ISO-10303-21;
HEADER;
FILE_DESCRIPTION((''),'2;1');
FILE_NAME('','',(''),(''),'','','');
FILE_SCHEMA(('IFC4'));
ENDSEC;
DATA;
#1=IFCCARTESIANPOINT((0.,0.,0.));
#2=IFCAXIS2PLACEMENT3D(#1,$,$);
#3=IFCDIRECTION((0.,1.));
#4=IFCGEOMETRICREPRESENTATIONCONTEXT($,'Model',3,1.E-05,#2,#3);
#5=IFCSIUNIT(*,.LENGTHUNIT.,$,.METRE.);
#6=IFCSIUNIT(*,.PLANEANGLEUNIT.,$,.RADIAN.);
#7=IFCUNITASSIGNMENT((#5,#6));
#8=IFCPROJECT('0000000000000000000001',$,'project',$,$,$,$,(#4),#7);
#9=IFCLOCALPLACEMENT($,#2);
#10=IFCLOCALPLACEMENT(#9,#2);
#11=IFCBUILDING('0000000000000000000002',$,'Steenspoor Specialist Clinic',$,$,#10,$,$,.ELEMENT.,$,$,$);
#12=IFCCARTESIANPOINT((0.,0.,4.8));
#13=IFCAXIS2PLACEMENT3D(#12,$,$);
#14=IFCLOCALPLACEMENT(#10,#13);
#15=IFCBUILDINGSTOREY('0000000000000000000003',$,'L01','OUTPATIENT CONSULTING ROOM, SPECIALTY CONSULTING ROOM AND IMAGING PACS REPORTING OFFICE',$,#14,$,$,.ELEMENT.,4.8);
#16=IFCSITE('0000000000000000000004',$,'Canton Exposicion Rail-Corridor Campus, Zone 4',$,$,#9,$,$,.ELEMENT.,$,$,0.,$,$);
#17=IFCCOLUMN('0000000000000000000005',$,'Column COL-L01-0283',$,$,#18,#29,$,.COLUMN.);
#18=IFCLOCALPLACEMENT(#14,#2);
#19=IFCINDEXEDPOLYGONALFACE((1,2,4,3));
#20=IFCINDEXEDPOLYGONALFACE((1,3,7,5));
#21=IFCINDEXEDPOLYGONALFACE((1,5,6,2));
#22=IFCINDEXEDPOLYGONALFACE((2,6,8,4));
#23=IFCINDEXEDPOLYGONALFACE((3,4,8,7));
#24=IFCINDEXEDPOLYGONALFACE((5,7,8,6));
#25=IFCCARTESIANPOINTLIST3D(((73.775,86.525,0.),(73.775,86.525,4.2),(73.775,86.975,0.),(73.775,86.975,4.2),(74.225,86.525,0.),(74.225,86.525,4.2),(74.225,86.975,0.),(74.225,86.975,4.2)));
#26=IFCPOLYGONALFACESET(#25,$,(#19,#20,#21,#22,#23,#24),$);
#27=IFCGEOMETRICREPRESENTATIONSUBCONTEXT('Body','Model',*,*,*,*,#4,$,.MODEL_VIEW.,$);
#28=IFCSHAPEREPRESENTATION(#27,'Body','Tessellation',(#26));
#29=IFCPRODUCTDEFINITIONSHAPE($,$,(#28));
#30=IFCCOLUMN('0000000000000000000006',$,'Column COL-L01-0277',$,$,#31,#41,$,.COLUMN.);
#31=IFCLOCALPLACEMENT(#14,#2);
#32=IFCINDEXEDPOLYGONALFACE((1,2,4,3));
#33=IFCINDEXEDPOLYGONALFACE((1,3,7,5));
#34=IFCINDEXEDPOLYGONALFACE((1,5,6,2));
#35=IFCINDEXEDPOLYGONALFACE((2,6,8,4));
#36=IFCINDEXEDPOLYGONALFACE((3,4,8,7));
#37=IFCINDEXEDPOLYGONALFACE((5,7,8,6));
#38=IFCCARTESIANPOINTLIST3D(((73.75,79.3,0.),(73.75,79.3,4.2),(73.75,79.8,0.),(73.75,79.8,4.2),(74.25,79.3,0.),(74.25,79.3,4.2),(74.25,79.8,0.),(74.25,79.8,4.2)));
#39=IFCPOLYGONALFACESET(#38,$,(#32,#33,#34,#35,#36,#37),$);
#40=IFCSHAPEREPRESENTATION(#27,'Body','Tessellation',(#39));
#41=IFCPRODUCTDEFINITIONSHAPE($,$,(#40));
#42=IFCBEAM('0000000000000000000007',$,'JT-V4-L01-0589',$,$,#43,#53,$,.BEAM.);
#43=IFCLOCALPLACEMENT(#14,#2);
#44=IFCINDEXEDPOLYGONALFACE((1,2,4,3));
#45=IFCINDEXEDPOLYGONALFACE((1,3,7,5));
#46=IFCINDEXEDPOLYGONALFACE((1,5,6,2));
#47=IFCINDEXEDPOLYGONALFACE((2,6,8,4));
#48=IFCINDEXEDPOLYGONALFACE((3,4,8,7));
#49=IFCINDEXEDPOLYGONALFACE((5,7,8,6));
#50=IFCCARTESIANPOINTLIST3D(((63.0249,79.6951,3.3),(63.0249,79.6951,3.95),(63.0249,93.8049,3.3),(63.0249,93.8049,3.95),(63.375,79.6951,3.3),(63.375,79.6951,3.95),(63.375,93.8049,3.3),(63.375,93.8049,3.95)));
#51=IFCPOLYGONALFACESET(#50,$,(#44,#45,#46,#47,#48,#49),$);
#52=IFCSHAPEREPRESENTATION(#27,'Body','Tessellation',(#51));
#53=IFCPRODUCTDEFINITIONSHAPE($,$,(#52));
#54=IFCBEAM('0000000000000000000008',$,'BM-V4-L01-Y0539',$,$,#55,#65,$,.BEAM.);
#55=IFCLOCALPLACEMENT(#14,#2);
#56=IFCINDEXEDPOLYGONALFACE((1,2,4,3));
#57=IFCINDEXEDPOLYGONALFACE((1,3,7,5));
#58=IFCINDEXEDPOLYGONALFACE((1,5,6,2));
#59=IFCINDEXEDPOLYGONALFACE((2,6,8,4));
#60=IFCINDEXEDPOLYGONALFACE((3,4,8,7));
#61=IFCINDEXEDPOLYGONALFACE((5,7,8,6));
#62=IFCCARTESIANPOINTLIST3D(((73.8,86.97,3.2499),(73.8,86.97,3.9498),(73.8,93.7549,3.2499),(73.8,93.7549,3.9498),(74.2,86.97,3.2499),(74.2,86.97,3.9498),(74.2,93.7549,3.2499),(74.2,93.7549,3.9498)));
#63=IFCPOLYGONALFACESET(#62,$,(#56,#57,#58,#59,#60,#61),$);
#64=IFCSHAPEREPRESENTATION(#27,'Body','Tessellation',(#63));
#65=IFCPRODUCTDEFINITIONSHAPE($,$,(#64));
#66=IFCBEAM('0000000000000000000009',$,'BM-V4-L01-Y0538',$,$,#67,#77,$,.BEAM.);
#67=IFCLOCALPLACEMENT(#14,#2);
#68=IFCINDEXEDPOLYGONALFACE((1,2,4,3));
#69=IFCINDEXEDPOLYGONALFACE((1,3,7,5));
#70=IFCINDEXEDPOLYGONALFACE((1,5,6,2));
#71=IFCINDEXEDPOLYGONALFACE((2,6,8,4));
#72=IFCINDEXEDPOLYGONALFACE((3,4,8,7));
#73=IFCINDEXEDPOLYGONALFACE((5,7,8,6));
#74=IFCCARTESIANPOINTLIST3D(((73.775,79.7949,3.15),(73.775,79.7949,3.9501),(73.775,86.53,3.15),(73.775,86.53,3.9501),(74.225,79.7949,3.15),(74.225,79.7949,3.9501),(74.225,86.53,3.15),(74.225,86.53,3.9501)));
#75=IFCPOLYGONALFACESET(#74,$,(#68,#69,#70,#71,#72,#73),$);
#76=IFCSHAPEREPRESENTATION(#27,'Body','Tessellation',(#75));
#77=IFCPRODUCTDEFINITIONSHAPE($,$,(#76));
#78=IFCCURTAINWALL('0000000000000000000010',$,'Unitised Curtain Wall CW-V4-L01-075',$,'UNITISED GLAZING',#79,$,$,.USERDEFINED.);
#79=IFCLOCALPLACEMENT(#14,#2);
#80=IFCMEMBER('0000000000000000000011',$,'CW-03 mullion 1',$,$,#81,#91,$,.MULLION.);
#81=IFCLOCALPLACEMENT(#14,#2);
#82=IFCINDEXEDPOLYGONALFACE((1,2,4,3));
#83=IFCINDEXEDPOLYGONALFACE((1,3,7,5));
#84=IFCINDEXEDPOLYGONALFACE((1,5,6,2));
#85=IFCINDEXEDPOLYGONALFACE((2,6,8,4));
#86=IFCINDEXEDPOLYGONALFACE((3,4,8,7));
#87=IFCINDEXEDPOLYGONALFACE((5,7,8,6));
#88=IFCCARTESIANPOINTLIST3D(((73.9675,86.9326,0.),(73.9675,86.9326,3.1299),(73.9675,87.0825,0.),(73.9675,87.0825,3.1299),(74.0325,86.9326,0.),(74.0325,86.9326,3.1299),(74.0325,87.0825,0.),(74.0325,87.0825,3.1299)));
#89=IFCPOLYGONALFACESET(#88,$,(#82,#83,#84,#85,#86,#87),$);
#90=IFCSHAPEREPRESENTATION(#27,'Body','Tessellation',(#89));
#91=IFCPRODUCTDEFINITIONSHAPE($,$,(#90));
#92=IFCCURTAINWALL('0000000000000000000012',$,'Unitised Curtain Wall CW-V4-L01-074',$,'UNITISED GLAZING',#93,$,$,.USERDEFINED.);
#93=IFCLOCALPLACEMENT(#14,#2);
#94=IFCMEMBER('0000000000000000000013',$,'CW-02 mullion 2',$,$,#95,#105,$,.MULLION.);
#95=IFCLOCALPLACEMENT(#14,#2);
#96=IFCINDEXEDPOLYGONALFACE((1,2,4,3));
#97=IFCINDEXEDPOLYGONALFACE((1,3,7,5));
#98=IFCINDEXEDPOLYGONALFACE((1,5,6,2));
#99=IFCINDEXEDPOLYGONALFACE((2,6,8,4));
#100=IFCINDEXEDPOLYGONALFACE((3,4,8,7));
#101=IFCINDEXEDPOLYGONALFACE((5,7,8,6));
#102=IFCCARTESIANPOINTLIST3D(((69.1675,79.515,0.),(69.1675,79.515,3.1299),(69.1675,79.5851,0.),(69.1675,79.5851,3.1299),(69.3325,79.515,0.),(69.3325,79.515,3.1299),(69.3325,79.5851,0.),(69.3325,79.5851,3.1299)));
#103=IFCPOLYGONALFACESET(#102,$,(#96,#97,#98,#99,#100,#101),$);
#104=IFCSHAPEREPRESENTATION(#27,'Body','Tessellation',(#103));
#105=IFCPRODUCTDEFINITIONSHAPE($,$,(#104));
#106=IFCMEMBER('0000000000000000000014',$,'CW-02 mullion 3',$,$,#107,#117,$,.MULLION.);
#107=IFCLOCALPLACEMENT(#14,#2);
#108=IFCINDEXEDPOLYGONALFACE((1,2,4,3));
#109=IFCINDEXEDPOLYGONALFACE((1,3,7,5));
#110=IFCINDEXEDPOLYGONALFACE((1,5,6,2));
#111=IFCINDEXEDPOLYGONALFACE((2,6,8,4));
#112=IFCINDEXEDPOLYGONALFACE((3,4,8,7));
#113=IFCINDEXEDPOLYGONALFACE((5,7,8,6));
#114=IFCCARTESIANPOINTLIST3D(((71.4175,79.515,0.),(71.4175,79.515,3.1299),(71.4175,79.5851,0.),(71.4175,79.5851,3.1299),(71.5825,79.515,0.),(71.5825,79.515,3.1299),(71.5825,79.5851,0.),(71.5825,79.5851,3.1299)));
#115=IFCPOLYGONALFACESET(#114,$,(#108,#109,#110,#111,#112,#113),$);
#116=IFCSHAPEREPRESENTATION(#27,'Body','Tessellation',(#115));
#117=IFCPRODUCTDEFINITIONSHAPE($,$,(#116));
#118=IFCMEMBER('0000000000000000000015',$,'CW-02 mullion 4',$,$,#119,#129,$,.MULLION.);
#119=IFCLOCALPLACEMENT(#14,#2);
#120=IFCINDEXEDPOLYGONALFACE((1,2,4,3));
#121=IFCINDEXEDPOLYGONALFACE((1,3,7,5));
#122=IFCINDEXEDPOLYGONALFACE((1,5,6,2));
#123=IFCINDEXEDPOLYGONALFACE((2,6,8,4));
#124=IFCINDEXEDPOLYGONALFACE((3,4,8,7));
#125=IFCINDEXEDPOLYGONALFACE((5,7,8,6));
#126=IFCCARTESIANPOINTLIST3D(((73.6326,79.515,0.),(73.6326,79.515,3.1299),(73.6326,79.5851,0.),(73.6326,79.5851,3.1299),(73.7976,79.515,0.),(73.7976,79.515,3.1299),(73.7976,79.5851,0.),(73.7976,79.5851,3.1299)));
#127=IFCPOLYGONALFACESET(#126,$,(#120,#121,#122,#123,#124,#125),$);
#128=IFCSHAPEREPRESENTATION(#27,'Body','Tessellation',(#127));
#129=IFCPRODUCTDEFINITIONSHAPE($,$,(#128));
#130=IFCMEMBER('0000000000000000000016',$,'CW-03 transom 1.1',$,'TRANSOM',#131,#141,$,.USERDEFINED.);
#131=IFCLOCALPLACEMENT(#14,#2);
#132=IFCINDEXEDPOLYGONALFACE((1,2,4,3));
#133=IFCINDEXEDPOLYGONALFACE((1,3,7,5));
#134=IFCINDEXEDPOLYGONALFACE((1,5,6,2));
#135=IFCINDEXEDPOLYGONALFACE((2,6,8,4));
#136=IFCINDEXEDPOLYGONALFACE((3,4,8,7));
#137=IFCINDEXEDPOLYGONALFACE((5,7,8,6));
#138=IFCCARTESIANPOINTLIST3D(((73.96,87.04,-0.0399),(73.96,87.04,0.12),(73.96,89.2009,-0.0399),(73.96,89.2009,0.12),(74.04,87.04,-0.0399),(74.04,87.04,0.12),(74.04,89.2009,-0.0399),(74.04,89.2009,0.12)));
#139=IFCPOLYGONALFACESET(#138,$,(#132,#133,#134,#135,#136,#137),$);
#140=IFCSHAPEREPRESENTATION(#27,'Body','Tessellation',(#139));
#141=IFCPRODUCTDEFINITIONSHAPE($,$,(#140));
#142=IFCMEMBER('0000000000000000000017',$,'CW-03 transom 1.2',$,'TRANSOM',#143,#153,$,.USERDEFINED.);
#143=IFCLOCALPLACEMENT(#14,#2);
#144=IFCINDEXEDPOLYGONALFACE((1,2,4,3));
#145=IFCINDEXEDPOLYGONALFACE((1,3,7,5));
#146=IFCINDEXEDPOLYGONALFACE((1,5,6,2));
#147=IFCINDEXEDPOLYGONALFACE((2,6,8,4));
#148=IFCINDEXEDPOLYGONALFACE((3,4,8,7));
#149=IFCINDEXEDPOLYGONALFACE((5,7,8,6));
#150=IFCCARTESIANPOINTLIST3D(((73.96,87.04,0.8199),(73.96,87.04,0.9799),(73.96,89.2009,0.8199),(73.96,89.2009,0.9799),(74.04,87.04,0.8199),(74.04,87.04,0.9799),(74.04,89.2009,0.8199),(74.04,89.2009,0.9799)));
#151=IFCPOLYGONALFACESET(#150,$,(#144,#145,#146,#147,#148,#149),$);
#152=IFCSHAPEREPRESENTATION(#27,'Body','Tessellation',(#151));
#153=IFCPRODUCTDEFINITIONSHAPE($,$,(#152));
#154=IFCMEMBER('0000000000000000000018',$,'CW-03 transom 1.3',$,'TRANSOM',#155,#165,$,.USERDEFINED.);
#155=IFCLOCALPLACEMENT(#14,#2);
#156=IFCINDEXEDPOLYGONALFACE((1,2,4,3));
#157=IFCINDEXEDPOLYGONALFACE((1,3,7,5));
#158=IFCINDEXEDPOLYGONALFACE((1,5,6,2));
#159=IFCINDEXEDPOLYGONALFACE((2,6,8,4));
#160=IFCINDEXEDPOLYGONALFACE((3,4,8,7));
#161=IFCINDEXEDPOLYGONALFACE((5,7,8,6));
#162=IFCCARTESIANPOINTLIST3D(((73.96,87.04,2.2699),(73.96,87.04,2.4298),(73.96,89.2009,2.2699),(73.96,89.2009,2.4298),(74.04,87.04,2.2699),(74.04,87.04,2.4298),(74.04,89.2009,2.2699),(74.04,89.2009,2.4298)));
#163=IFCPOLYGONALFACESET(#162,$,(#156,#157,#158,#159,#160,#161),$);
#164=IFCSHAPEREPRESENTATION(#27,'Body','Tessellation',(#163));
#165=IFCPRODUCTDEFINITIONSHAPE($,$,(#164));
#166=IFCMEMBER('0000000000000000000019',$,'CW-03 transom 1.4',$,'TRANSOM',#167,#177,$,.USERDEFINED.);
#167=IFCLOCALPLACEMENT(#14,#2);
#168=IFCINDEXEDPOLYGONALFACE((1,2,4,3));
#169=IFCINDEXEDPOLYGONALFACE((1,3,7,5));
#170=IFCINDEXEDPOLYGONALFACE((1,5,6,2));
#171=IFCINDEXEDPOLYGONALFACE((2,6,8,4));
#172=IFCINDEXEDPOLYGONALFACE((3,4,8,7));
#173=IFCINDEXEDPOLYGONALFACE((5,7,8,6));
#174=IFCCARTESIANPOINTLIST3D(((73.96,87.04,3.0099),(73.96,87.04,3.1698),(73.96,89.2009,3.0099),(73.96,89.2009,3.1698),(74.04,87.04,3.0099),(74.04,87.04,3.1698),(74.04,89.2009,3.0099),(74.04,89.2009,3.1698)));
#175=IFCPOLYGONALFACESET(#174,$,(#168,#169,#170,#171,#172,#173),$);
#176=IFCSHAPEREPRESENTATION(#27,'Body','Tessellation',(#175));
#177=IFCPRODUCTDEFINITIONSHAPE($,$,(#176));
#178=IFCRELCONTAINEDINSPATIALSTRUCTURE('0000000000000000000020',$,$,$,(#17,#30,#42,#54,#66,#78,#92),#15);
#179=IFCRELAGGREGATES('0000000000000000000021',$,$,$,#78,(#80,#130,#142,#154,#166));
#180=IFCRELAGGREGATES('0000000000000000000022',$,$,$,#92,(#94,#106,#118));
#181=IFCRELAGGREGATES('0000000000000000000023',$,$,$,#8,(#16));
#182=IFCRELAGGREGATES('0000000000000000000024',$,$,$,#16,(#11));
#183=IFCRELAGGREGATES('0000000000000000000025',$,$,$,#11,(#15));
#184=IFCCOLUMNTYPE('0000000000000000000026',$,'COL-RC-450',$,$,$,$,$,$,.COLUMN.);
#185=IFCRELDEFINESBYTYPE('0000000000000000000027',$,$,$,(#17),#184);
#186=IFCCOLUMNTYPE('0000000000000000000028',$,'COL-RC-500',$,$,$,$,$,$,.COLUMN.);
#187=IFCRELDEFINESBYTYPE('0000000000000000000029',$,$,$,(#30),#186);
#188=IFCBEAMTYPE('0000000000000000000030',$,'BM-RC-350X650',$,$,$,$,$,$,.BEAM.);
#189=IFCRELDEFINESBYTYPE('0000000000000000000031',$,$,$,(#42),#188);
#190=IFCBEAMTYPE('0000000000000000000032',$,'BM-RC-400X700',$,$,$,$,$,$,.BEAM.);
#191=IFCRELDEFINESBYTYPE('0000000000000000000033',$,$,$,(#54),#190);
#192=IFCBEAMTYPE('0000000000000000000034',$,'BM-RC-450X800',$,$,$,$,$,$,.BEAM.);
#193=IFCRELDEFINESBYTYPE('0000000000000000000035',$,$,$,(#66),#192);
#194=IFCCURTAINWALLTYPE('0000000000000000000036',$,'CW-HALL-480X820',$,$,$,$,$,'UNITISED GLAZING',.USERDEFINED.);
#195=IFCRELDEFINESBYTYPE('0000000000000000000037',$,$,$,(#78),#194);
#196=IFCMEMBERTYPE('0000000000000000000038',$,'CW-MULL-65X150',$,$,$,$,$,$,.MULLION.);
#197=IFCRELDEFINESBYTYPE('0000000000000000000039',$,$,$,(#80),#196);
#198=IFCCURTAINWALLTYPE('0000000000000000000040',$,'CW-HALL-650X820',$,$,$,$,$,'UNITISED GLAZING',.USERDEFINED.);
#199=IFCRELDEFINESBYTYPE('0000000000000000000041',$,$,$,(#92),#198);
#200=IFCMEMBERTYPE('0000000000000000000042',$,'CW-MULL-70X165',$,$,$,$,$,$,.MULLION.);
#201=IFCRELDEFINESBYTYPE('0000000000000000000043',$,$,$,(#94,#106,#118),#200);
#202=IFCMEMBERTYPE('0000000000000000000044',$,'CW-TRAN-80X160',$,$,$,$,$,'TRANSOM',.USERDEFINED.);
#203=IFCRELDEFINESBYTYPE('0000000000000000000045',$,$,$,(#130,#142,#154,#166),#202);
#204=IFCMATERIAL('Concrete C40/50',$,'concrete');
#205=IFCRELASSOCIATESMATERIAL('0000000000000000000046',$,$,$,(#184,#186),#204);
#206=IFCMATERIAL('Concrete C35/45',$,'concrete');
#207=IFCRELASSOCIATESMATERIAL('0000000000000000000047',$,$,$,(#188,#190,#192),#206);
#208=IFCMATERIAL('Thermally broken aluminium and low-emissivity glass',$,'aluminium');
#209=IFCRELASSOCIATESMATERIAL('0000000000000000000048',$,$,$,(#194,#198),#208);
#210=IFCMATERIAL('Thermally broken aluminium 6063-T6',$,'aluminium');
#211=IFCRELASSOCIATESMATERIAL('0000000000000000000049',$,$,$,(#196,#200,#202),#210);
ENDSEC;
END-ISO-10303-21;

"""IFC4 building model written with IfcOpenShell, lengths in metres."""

from ifc_helpers import new_model, si_unit, direction, frame, origin, origin_2d, place, context, subcontext, project, spatial, rectangle, extrude, material, material_profile, profile_set, type_object, element, aggregate, save


model = new_model("IFC4")

# Units and contexts
model_context = context("Model", 3, precision=1e-05, world=origin(), true_north=direction((0.0, 1.0)))
body_context = subcontext(model_context, "Body", "Model", "MODEL_VIEW")
ifc_project = project(units=[si_unit("LENGTHUNIT", "METRE"), si_unit("PLANEANGLEUNIT", "RADIAN")], contexts=[model_context])

# Site, building, storey
site_placement = place(None, origin())
site = spatial("IfcSite", under=ifc_project, at=site_placement, Name="Canton Exposicion Rail-Corridor Campus, Zone 4", CompositionType="ELEMENT", RefElevation=0.0)
building_placement = place(site_placement, origin())
building = spatial("IfcBuilding", under=site, at=building_placement, Name="Steenspoor Specialist Clinic", CompositionType="ELEMENT")
storey_placement = place(building_placement, frame((0.0, 0.0, 4.8)))
storey = spatial("IfcBuildingStorey", under=building, at=storey_placement, Name="L01", Description="OUTPATIENT CONSULTING ROOM, SPECIALTY CONSULTING ROOM AND IMAGING PACS REPORTING OFFICE", CompositionType="ELEMENT", Elevation=4.8)

# Columns
ifc_material_1 = material(Name="Concrete C40/50", Category="concrete")
ifc_material_profile_1 = material_profile(ifc_material_1, rectangle(XDim=0.45, YDim=0.45, at=origin_2d()), Name="RC-COL-450X450")
ifc_profile_set_1 = profile_set([ifc_material_profile_1], Name="Concrete C40/50")
column_type_1 = type_object("IfcColumnType", Name="COL-RC-450", PredefinedType="COLUMN", material=ifc_profile_set_1)
column_1_placement = place(storey_placement, frame((74.0, 86.75, 0.0), z_axis=(0.0, 0.0, 1.0), x_axis=(1.0, 0.0, 0.0)))
element("IfcColumn", 1, at=column_1_placement, inside=storey, type_object=column_type_1, Name="Column COL-L01-0283", PredefinedType="COLUMN", context=body_context, shape_type="SweptSolid", body=[
    extrude(rectangle(XDim=0.45, YDim=0.45, at=origin_2d()), origin(), (0.0, 0.0, 1.0), 4.2),
])
ifc_material_profile_2 = material_profile(ifc_material_1, rectangle(XDim=0.5, YDim=0.5, at=origin_2d()), Name="RC-COL-500X500")
ifc_profile_set_2 = profile_set([ifc_material_profile_2], Name="Concrete C40/50")
column_type_2 = type_object("IfcColumnType", Name="COL-RC-500", PredefinedType="COLUMN", material=ifc_profile_set_2)
column_2_placement = place(storey_placement, frame((74.0, 79.55, 0.0), z_axis=(0.0, 0.0, 1.0), x_axis=(1.0, 0.0, 0.0)))
element("IfcColumn", 2, at=column_2_placement, inside=storey, type_object=column_type_2, Name="Column COL-L01-0277", PredefinedType="COLUMN", context=body_context, shape_type="SweptSolid", body=[
    extrude(rectangle(XDim=0.5, YDim=0.5, at=origin_2d()), origin(), (0.0, 0.0, 1.0), 4.2),
])

# Beams
ifc_material_2 = material(Name="Concrete C35/45", Category="concrete")
ifc_material_profile_3 = material_profile(ifc_material_2, rectangle(XDim=0.3501, YDim=0.6499, at=origin_2d()), Name="RC-BM-350X650")
ifc_profile_set_3 = profile_set([ifc_material_profile_3], Name="Concrete C35/45")
beam_type_1 = type_object("IfcBeamType", Name="BM-RC-350X650", PredefinedType="BEAM", material=ifc_profile_set_3)
beam_1_placement = place(storey_placement, frame((63.2, 79.6951, 3.625), z_axis=(0.0, 1.0, 0.0), x_axis=(-1.0, 0.0, 0.0)))
element("IfcBeam", 3, at=beam_1_placement, inside=storey, type_object=beam_type_1, Name="JT-V4-L01-0589", PredefinedType="BEAM", context=body_context, shape_type="SweptSolid", body=[
    extrude(rectangle(XDim=0.3501, YDim=0.6499, at=origin_2d()), origin(), (0.0, 0.0, 1.0), 14.1099),
])
ifc_material_profile_4 = material_profile(ifc_material_2, rectangle(XDim=0.3999, YDim=0.7, at=origin_2d()), Name="RC-BM-400X700")
ifc_profile_set_4 = profile_set([ifc_material_profile_4], Name="Concrete C35/45")
beam_type_2 = type_object("IfcBeamType", Name="BM-RC-400X700", PredefinedType="BEAM", material=ifc_profile_set_4)
beam_2_placement = place(storey_placement, frame((74.0, 86.97, 3.5999), z_axis=(0.0, 1.0, 0.0), x_axis=(-1.0, 0.0, 0.0)))
element("IfcBeam", 4, at=beam_2_placement, inside=storey, type_object=beam_type_2, Name="BM-V4-L01-Y0539", PredefinedType="BEAM", context=body_context, shape_type="SweptSolid", body=[
    extrude(rectangle(XDim=0.3999, YDim=0.7, at=origin_2d()), origin(), (0.0, 0.0, 1.0), 6.7849),
])
ifc_material_profile_5 = material_profile(ifc_material_2, rectangle(XDim=0.45, YDim=0.8, at=origin_2d()), Name="RC-BM-450X800")
ifc_profile_set_5 = profile_set([ifc_material_profile_5], Name="Concrete C35/45")
beam_type_3 = type_object("IfcBeamType", Name="BM-RC-450X800", PredefinedType="BEAM", material=ifc_profile_set_5)
beam_3_placement = place(storey_placement, frame((74.0, 79.7949, 3.55), z_axis=(0.0, 1.0, 0.0), x_axis=(-1.0, 0.0, 0.0)))
element("IfcBeam", 5, at=beam_3_placement, inside=storey, type_object=beam_type_3, Name="BM-V4-L01-Y0538", PredefinedType="BEAM", context=body_context, shape_type="SweptSolid", body=[
    extrude(rectangle(XDim=0.45, YDim=0.8, at=origin_2d()), origin(), (0.0, 0.0, 1.0), 6.7351),
])

# Curtain wall, member
ifc_material_3 = material(Name="Thermally broken aluminium and low-emissivity glass", Category="aluminium")
curtain_wall_type_1 = type_object("IfcCurtainWallType", Name="CW-HALL-480X820", ElementType="UNITISED GLAZING", PredefinedType="USERDEFINED", material=ifc_material_3)
curtain_wall_1_placement = place(storey_placement, origin())
curtain_wall_1 = element("IfcCurtainWall", 6, at=curtain_wall_1_placement, inside=storey, type_object=curtain_wall_type_1, Name="Unitised Curtain Wall CW-V4-L01-075", ObjectType="UNITISED GLAZING", PredefinedType="USERDEFINED")
ifc_material_4 = material(Name="Thermally broken aluminium 6063-T6", Category="aluminium")
ifc_material_profile_6 = material_profile(ifc_material_4, rectangle(XDim=0.0649, YDim=0.1499, at=origin_2d()), Name="CWM-65X150")
ifc_profile_set_6 = profile_set([ifc_material_profile_6], Name="Thermally broken aluminium 6063-T6")
member_type_1 = type_object("IfcMemberType", Name="CW-MULL-65X150", PredefinedType="MULLION", material=ifc_profile_set_6)
member_1_placement = place(storey_placement, frame((74.0, 87.0076, 0.0), z_axis=(0.0, 0.0, 1.0), x_axis=(-1.0, 0.0, 0.0)))
member_1 = element("IfcMember", 7, at=member_1_placement, type_object=member_type_1, Name="CW-03 mullion 1", PredefinedType="MULLION", context=body_context, shape_type="SweptSolid", body=[
    extrude(rectangle(XDim=0.0649, YDim=0.1499, at=origin_2d()), origin(), (0.0, 0.0, 1.0), 3.1299),
])

# Curtain wall, members
curtain_wall_type_2 = type_object("IfcCurtainWallType", Name="CW-HALL-650X820", ElementType="UNITISED GLAZING", PredefinedType="USERDEFINED", material=ifc_material_3)
curtain_wall_2_placement = place(storey_placement, origin())
curtain_wall_2 = element("IfcCurtainWall", 8, at=curtain_wall_2_placement, inside=storey, type_object=curtain_wall_type_2, Name="Unitised Curtain Wall CW-V4-L01-074", ObjectType="UNITISED GLAZING", PredefinedType="USERDEFINED")
ifc_material_profile_7 = material_profile(ifc_material_4, rectangle(XDim=0.0701, YDim=0.165, at=origin_2d()), Name="CWM-70X165")
ifc_profile_set_7 = profile_set([ifc_material_profile_7], Name="Thermally broken aluminium 6063-T6")
member_type_2 = type_object("IfcMemberType", Name="CW-MULL-70X165", PredefinedType="MULLION", material=ifc_profile_set_7)
member_2_placement = place(storey_placement, frame((69.25, 79.55, 0.0), z_axis=(0.0, 0.0, 1.0), x_axis=(0.0, 1.0, 0.0)))
member_2 = element("IfcMember", 9, at=member_2_placement, type_object=member_type_2, Name="CW-02 mullion 2", PredefinedType="MULLION", context=body_context, shape_type="SweptSolid", body=[
    extrude(rectangle(XDim=0.0701, YDim=0.165, at=origin_2d()), origin(), (0.0, 0.0, 1.0), 3.1299),
])
member_3_placement = place(storey_placement, frame((71.5, 79.55, 0.0), z_axis=(0.0, 0.0, 1.0), x_axis=(0.0, 1.0, 0.0)))
member_3 = element("IfcMember", 10, at=member_3_placement, type_object=member_type_2, Name="CW-02 mullion 3", PredefinedType="MULLION", context=body_context, shape_type="SweptSolid", body=[
    extrude(rectangle(XDim=0.0701, YDim=0.165, at=origin_2d()), origin(), (0.0, 0.0, 1.0), 3.1299),
])
member_4_placement = place(storey_placement, frame((73.7151, 79.55, 0.0), z_axis=(0.0, 0.0, 1.0), x_axis=(0.0, 1.0, 0.0)))
member_4 = element("IfcMember", 11, at=member_4_placement, type_object=member_type_2, Name="CW-02 mullion 4", PredefinedType="MULLION", context=body_context, shape_type="SweptSolid", body=[
    extrude(rectangle(XDim=0.0701, YDim=0.165, at=origin_2d()), origin(), (0.0, 0.0, 1.0), 3.1299),
])

# Members
ifc_material_profile_8 = material_profile(ifc_material_4, rectangle(XDim=0.0801, YDim=0.1599, at=origin_2d()), Name="CWT-80X160")
ifc_profile_set_8 = profile_set([ifc_material_profile_8], Name="Thermally broken aluminium 6063-T6")
member_type_3 = type_object("IfcMemberType", Name="CW-TRAN-80X160", ElementType="TRANSOM", PredefinedType="USERDEFINED", material=ifc_profile_set_8)
member_5_placement = place(storey_placement, frame((74.0, 87.04, 0.04), z_axis=(0.0, 1.0, 0.0), x_axis=(-1.0, 0.0, 0.0)))
member_5 = element("IfcMember", 12, at=member_5_placement, type_object=member_type_3, Name="CW-03 transom 1.1", ObjectType="TRANSOM", PredefinedType="USERDEFINED", context=body_context, shape_type="SweptSolid", body=[
    extrude(rectangle(XDim=0.0801, YDim=0.1599, at=origin_2d()), origin(), (0.0, 0.0, 1.0), 2.1609),
])
member_6_placement = place(storey_placement, frame((74.0, 87.04, 0.8999), z_axis=(0.0, 1.0, 0.0), x_axis=(-1.0, 0.0, 0.0)))
member_6 = element("IfcMember", 13, at=member_6_placement, type_object=member_type_3, Name="CW-03 transom 1.2", ObjectType="TRANSOM", PredefinedType="USERDEFINED", context=body_context, shape_type="SweptSolid", body=[
    extrude(rectangle(XDim=0.0801, YDim=0.1599, at=origin_2d()), origin(), (0.0, 0.0, 1.0), 2.1609),
])
member_7_placement = place(storey_placement, frame((74.0, 87.04, 2.3499), z_axis=(0.0, 1.0, 0.0), x_axis=(-1.0, 0.0, 0.0)))
member_7 = element("IfcMember", 14, at=member_7_placement, type_object=member_type_3, Name="CW-03 transom 1.3", ObjectType="TRANSOM", PredefinedType="USERDEFINED", context=body_context, shape_type="SweptSolid", body=[
    extrude(rectangle(XDim=0.0801, YDim=0.1599, at=origin_2d()), origin(), (0.0, 0.0, 1.0), 2.1609),
])
member_8_placement = place(storey_placement, frame((74.0, 87.04, 3.0898), z_axis=(0.0, 1.0, 0.0), x_axis=(-1.0, 0.0, 0.0)))
member_8 = element("IfcMember", 15, at=member_8_placement, type_object=member_type_3, Name="CW-03 transom 1.4", ObjectType="TRANSOM", PredefinedType="USERDEFINED", context=body_context, shape_type="SweptSolid", body=[
    extrude(rectangle(XDim=0.0801, YDim=0.1599, at=origin_2d()), origin(), (0.0, 0.0, 1.0), 2.1609),
])
aggregate(curtain_wall_1, [member_1, member_5, member_6, member_7, member_8])

aggregate(curtain_wall_2, [member_2, member_3, member_4])

save(model, "model.ifc")
